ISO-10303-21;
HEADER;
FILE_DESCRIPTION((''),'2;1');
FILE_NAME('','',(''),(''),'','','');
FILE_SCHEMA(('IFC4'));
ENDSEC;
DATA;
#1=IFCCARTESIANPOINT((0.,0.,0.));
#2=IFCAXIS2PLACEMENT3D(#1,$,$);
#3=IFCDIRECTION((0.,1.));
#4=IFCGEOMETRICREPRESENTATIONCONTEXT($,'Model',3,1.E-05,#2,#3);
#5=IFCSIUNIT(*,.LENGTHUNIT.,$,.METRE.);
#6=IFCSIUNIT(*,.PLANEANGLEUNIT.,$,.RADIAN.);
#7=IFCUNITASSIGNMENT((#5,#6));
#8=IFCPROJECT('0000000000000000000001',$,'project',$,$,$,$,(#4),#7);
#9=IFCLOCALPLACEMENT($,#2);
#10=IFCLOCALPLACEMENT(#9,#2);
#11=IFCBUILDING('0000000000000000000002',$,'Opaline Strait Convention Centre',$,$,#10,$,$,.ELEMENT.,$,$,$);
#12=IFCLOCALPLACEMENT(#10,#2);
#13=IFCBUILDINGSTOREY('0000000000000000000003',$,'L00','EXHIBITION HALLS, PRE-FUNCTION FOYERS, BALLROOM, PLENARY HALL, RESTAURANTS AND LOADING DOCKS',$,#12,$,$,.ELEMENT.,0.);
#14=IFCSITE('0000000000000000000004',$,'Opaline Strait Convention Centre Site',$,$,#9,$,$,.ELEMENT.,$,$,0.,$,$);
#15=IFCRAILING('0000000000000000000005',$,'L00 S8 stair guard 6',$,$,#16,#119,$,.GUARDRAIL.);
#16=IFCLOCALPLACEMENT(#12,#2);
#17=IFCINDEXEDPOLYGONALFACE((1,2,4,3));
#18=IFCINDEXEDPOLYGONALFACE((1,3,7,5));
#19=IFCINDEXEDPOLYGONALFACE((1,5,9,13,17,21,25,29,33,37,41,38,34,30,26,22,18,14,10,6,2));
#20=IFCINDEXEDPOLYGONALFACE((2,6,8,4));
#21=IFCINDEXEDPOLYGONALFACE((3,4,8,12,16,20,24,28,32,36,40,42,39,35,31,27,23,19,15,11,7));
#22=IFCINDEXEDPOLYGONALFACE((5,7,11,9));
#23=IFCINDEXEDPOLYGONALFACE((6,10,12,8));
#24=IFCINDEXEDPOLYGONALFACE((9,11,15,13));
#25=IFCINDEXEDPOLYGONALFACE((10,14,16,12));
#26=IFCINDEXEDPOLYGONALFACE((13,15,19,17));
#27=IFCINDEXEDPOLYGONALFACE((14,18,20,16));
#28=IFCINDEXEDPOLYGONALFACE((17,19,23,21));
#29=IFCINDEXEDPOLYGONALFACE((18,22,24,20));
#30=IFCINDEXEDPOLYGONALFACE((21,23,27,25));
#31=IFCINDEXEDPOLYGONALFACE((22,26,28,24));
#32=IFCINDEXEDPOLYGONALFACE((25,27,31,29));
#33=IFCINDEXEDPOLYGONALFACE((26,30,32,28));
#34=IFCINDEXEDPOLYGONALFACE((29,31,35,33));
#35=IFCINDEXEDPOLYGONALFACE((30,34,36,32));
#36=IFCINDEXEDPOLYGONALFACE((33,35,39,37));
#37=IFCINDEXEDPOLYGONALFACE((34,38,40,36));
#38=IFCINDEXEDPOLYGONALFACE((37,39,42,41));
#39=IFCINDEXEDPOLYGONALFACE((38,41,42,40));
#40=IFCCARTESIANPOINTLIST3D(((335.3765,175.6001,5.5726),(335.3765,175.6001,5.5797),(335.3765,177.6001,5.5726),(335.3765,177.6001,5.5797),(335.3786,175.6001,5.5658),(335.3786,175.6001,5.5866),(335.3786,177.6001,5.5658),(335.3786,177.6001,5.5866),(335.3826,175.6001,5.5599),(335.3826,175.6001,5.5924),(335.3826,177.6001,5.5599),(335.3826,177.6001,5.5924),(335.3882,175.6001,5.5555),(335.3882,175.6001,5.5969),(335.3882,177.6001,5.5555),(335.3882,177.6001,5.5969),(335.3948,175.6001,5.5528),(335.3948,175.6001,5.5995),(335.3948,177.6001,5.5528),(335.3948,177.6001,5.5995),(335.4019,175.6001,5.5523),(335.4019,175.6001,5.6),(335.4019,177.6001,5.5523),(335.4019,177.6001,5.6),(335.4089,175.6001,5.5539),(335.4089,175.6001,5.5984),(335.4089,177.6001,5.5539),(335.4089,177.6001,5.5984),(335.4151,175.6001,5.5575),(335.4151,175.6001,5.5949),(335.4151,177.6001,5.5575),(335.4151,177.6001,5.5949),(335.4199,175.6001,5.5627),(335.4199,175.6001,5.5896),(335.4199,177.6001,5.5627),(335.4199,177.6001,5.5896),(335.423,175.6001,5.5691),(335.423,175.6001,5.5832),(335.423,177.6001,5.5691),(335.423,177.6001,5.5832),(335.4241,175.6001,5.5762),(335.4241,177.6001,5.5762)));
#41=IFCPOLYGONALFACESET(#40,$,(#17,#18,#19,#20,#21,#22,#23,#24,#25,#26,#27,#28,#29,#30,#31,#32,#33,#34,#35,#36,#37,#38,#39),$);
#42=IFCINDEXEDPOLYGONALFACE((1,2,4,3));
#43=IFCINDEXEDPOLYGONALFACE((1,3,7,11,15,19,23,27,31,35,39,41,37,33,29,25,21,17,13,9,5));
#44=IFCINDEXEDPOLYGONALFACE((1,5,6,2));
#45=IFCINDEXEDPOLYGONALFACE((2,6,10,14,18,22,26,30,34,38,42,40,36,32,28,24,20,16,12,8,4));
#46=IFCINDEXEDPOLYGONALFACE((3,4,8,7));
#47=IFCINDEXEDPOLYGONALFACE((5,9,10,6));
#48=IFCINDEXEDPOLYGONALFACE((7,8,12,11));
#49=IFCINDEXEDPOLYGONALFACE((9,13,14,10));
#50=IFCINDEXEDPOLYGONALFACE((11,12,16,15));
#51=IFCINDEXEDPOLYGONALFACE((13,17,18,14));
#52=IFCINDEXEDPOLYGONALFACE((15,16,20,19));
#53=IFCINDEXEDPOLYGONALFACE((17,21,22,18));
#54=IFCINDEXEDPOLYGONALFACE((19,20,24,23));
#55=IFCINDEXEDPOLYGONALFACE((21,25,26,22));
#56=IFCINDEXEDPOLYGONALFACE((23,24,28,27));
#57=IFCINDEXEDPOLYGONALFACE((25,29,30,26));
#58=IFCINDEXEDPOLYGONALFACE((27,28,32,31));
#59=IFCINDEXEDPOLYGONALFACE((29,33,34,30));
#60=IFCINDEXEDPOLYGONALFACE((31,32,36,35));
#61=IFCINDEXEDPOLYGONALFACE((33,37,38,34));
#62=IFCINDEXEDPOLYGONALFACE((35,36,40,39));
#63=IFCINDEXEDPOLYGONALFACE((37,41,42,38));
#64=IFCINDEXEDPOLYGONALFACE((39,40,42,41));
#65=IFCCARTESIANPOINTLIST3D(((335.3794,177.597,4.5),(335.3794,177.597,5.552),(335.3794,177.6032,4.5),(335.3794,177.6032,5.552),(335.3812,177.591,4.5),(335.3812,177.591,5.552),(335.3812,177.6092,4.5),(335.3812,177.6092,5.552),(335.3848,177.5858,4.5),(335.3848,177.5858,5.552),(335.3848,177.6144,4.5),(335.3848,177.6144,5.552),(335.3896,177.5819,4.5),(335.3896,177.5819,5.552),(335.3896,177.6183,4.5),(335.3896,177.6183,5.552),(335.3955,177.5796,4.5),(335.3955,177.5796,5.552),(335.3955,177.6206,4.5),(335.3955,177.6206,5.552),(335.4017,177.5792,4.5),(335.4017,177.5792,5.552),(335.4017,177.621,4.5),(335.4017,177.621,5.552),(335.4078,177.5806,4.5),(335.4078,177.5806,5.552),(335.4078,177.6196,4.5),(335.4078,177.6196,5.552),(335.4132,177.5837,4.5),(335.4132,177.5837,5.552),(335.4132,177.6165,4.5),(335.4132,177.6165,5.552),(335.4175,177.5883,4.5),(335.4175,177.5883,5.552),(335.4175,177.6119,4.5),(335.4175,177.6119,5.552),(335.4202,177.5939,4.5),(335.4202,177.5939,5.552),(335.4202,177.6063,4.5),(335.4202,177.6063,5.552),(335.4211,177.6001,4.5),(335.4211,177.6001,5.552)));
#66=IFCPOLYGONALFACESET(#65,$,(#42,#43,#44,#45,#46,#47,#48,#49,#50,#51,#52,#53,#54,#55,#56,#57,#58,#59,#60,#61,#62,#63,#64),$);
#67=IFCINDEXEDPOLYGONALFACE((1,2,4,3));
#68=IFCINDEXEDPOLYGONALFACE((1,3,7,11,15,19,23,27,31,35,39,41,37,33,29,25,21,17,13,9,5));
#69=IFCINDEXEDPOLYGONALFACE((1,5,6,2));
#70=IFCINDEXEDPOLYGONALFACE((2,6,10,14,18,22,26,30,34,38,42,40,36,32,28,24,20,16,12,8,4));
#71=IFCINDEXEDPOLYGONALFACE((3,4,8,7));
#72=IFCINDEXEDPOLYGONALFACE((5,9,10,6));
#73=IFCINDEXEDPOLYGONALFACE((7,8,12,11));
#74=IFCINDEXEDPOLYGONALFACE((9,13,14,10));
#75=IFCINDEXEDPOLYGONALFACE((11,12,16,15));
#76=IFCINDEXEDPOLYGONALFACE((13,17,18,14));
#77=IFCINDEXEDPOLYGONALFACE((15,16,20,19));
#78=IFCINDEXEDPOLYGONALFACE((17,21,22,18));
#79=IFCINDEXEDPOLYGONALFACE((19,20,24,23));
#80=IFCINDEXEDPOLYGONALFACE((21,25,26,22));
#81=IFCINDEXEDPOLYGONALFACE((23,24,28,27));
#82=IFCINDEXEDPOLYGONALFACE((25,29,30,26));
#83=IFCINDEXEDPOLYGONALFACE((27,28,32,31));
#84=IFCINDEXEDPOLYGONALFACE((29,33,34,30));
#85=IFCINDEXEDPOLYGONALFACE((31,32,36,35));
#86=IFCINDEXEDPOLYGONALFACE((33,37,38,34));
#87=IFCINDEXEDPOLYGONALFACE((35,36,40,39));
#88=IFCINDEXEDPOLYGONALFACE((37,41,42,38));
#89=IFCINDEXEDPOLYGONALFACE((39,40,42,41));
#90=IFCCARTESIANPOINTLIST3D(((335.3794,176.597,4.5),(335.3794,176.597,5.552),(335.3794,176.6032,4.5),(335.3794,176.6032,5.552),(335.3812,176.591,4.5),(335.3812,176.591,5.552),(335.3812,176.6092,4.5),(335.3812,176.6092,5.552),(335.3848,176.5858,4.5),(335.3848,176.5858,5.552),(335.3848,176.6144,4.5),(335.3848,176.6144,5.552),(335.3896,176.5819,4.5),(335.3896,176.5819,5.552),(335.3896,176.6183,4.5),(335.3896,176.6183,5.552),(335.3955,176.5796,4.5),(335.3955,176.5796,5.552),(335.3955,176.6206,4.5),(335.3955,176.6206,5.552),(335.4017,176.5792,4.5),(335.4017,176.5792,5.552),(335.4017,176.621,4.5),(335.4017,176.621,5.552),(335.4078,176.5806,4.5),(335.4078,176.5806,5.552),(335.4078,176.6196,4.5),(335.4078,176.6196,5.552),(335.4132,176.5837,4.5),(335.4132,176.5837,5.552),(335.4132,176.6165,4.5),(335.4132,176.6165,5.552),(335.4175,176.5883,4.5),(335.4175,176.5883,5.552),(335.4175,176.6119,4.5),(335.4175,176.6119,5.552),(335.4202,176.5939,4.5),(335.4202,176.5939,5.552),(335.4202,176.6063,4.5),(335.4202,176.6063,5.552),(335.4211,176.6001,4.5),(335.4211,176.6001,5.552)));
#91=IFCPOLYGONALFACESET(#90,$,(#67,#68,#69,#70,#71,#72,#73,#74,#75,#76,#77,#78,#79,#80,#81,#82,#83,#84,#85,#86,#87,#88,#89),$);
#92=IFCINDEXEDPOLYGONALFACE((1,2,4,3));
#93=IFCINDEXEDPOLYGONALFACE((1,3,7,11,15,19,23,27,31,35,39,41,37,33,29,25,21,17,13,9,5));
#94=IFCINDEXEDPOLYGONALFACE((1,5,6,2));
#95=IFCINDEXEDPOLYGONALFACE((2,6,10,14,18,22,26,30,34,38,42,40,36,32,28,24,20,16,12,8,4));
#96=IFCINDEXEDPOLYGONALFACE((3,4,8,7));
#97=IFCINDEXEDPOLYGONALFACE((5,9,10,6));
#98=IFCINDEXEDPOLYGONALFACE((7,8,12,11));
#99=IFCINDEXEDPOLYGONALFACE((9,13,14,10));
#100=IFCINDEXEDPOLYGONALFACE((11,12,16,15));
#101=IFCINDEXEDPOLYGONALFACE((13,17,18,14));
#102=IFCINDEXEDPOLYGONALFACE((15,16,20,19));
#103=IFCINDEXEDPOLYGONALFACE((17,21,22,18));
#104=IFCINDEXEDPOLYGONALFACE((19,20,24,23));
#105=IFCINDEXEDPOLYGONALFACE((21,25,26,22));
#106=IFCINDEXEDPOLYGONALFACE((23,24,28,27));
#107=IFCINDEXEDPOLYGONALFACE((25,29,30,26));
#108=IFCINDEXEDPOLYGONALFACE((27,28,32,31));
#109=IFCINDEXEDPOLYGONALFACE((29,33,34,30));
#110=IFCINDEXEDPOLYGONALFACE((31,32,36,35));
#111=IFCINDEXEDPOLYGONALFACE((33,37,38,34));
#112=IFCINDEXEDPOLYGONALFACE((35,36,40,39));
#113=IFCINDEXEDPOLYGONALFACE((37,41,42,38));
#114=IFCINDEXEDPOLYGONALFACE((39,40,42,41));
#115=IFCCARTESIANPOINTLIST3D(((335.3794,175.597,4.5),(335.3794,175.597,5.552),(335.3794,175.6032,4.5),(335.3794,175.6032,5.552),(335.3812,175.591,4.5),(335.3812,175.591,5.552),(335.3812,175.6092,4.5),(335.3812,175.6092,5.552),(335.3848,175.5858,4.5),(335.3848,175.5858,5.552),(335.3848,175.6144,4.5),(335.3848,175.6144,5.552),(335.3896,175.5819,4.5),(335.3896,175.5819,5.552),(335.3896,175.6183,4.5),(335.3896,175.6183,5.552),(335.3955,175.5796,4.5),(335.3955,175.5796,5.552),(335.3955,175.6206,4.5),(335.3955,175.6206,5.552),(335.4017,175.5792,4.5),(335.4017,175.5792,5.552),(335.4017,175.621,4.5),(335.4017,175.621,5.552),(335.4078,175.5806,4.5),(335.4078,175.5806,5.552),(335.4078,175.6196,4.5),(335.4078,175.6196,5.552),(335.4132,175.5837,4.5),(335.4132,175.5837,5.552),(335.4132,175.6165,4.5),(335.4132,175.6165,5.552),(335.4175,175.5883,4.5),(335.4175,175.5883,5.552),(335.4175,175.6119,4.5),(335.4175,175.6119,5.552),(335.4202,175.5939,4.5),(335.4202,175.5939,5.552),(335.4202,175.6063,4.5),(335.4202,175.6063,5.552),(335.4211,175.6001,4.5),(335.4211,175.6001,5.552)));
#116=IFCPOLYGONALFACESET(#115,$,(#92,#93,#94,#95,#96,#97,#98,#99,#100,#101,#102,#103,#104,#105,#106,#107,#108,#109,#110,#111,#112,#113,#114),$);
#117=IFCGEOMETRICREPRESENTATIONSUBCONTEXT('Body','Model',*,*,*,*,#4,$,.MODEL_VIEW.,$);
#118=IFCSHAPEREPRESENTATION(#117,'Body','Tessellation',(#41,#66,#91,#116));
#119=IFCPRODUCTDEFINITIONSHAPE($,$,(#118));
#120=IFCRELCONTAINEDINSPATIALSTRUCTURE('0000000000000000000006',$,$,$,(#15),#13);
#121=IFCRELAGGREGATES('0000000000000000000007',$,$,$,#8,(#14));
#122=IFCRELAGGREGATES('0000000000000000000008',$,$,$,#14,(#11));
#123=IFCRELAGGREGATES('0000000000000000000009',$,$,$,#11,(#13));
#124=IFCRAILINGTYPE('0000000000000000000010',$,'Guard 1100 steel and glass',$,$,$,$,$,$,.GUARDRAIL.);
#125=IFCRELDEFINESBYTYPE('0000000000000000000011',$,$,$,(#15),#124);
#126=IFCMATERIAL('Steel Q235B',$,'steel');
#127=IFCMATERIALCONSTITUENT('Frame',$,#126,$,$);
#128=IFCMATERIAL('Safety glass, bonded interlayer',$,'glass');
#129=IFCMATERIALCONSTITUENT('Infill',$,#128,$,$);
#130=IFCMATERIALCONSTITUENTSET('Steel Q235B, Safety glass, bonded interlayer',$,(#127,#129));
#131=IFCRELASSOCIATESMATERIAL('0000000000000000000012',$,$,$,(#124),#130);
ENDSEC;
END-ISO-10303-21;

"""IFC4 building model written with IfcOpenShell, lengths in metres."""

from ifc_helpers import new_model, si_unit, direction, frame, origin, origin_2d, place, context, subcontext, project, spatial, circle, extrude, material, constituent, constituent_set, type_object, element, save


model = new_model("IFC4")

# Units and contexts
model_context = context("Model", 3, precision=1e-05, world=origin(), true_north=direction((0.0, 1.0)))
body_context = subcontext(model_context, "Body", "Model", "MODEL_VIEW")
ifc_project = project(units=[si_unit("LENGTHUNIT", "METRE"), si_unit("PLANEANGLEUNIT", "RADIAN")], contexts=[model_context])

# Site, building, storey
site_placement = place(None, origin())
site = spatial("IfcSite", under=ifc_project, at=site_placement, Name="Opaline Strait Convention Centre Site", CompositionType="ELEMENT", RefElevation=0.0)
building_placement = place(site_placement, origin())
building = spatial("IfcBuilding", under=site, at=building_placement, Name="Opaline Strait Convention Centre", CompositionType="ELEMENT")
storey_placement = place(building_placement, origin())
storey = spatial("IfcBuildingStorey", under=building, at=storey_placement, Name="L00", Description="EXHIBITION HALLS, PRE-FUNCTION FOYERS, BALLROOM, PLENARY HALL, RESTAURANTS AND LOADING DOCKS", CompositionType="ELEMENT", Elevation=0.0)

# Railing
ifc_material_1 = material(Name="Steel Q235B", Category="steel")
ifc_constituent_1 = constituent(ifc_material_1, Name="Frame")
ifc_material_2 = material(Name="Safety glass, bonded interlayer", Category="glass")
ifc_constituent_2 = constituent(ifc_material_2, Name="Infill")
ifc_constituent_set = constituent_set(constituents=[ifc_constituent_1, ifc_constituent_2], Name="Steel Q235B, Safety glass, bonded interlayer")
railing_type_1 = type_object("IfcRailingType", Name="Guard 1100 steel and glass", PredefinedType="GUARDRAIL", material=ifc_constituent_set)
for number, where, name in (
    (1, (335.4001, 177.6001, 4.5), "L00 S8 stair guard 6"),
):
    element("IfcRailing", number, at=place(storey_placement, frame(where)), inside=storey, type_object=railing_type_1, Name=name, PredefinedType="GUARDRAIL", context=body_context, shape_type="SweptSolid", body=[
        extrude(circle(Radius=0.0239, at=origin_2d()), frame((0.0, 0.0, 1.0762), z_axis=(0.0, -1.0, 0.0), x_axis=(1.0, 0.0, 0.0)), (0.0, 0.0, 1.0), 2.0),
        extrude(circle(Radius=0.021, at=origin_2d()), origin(), (0.0, 0.0, 1.0), 1.052),
        extrude(circle(Radius=0.021, at=origin_2d()), frame((0.0, -1.0, 0.0)), (0.0, 0.0, 1.0), 1.052),
        extrude(circle(Radius=0.021, at=origin_2d()), frame((0.0, -2.0, 0.0)), (0.0, 0.0, 1.0), 1.052),
    ])

save(model, "model.ifc")
